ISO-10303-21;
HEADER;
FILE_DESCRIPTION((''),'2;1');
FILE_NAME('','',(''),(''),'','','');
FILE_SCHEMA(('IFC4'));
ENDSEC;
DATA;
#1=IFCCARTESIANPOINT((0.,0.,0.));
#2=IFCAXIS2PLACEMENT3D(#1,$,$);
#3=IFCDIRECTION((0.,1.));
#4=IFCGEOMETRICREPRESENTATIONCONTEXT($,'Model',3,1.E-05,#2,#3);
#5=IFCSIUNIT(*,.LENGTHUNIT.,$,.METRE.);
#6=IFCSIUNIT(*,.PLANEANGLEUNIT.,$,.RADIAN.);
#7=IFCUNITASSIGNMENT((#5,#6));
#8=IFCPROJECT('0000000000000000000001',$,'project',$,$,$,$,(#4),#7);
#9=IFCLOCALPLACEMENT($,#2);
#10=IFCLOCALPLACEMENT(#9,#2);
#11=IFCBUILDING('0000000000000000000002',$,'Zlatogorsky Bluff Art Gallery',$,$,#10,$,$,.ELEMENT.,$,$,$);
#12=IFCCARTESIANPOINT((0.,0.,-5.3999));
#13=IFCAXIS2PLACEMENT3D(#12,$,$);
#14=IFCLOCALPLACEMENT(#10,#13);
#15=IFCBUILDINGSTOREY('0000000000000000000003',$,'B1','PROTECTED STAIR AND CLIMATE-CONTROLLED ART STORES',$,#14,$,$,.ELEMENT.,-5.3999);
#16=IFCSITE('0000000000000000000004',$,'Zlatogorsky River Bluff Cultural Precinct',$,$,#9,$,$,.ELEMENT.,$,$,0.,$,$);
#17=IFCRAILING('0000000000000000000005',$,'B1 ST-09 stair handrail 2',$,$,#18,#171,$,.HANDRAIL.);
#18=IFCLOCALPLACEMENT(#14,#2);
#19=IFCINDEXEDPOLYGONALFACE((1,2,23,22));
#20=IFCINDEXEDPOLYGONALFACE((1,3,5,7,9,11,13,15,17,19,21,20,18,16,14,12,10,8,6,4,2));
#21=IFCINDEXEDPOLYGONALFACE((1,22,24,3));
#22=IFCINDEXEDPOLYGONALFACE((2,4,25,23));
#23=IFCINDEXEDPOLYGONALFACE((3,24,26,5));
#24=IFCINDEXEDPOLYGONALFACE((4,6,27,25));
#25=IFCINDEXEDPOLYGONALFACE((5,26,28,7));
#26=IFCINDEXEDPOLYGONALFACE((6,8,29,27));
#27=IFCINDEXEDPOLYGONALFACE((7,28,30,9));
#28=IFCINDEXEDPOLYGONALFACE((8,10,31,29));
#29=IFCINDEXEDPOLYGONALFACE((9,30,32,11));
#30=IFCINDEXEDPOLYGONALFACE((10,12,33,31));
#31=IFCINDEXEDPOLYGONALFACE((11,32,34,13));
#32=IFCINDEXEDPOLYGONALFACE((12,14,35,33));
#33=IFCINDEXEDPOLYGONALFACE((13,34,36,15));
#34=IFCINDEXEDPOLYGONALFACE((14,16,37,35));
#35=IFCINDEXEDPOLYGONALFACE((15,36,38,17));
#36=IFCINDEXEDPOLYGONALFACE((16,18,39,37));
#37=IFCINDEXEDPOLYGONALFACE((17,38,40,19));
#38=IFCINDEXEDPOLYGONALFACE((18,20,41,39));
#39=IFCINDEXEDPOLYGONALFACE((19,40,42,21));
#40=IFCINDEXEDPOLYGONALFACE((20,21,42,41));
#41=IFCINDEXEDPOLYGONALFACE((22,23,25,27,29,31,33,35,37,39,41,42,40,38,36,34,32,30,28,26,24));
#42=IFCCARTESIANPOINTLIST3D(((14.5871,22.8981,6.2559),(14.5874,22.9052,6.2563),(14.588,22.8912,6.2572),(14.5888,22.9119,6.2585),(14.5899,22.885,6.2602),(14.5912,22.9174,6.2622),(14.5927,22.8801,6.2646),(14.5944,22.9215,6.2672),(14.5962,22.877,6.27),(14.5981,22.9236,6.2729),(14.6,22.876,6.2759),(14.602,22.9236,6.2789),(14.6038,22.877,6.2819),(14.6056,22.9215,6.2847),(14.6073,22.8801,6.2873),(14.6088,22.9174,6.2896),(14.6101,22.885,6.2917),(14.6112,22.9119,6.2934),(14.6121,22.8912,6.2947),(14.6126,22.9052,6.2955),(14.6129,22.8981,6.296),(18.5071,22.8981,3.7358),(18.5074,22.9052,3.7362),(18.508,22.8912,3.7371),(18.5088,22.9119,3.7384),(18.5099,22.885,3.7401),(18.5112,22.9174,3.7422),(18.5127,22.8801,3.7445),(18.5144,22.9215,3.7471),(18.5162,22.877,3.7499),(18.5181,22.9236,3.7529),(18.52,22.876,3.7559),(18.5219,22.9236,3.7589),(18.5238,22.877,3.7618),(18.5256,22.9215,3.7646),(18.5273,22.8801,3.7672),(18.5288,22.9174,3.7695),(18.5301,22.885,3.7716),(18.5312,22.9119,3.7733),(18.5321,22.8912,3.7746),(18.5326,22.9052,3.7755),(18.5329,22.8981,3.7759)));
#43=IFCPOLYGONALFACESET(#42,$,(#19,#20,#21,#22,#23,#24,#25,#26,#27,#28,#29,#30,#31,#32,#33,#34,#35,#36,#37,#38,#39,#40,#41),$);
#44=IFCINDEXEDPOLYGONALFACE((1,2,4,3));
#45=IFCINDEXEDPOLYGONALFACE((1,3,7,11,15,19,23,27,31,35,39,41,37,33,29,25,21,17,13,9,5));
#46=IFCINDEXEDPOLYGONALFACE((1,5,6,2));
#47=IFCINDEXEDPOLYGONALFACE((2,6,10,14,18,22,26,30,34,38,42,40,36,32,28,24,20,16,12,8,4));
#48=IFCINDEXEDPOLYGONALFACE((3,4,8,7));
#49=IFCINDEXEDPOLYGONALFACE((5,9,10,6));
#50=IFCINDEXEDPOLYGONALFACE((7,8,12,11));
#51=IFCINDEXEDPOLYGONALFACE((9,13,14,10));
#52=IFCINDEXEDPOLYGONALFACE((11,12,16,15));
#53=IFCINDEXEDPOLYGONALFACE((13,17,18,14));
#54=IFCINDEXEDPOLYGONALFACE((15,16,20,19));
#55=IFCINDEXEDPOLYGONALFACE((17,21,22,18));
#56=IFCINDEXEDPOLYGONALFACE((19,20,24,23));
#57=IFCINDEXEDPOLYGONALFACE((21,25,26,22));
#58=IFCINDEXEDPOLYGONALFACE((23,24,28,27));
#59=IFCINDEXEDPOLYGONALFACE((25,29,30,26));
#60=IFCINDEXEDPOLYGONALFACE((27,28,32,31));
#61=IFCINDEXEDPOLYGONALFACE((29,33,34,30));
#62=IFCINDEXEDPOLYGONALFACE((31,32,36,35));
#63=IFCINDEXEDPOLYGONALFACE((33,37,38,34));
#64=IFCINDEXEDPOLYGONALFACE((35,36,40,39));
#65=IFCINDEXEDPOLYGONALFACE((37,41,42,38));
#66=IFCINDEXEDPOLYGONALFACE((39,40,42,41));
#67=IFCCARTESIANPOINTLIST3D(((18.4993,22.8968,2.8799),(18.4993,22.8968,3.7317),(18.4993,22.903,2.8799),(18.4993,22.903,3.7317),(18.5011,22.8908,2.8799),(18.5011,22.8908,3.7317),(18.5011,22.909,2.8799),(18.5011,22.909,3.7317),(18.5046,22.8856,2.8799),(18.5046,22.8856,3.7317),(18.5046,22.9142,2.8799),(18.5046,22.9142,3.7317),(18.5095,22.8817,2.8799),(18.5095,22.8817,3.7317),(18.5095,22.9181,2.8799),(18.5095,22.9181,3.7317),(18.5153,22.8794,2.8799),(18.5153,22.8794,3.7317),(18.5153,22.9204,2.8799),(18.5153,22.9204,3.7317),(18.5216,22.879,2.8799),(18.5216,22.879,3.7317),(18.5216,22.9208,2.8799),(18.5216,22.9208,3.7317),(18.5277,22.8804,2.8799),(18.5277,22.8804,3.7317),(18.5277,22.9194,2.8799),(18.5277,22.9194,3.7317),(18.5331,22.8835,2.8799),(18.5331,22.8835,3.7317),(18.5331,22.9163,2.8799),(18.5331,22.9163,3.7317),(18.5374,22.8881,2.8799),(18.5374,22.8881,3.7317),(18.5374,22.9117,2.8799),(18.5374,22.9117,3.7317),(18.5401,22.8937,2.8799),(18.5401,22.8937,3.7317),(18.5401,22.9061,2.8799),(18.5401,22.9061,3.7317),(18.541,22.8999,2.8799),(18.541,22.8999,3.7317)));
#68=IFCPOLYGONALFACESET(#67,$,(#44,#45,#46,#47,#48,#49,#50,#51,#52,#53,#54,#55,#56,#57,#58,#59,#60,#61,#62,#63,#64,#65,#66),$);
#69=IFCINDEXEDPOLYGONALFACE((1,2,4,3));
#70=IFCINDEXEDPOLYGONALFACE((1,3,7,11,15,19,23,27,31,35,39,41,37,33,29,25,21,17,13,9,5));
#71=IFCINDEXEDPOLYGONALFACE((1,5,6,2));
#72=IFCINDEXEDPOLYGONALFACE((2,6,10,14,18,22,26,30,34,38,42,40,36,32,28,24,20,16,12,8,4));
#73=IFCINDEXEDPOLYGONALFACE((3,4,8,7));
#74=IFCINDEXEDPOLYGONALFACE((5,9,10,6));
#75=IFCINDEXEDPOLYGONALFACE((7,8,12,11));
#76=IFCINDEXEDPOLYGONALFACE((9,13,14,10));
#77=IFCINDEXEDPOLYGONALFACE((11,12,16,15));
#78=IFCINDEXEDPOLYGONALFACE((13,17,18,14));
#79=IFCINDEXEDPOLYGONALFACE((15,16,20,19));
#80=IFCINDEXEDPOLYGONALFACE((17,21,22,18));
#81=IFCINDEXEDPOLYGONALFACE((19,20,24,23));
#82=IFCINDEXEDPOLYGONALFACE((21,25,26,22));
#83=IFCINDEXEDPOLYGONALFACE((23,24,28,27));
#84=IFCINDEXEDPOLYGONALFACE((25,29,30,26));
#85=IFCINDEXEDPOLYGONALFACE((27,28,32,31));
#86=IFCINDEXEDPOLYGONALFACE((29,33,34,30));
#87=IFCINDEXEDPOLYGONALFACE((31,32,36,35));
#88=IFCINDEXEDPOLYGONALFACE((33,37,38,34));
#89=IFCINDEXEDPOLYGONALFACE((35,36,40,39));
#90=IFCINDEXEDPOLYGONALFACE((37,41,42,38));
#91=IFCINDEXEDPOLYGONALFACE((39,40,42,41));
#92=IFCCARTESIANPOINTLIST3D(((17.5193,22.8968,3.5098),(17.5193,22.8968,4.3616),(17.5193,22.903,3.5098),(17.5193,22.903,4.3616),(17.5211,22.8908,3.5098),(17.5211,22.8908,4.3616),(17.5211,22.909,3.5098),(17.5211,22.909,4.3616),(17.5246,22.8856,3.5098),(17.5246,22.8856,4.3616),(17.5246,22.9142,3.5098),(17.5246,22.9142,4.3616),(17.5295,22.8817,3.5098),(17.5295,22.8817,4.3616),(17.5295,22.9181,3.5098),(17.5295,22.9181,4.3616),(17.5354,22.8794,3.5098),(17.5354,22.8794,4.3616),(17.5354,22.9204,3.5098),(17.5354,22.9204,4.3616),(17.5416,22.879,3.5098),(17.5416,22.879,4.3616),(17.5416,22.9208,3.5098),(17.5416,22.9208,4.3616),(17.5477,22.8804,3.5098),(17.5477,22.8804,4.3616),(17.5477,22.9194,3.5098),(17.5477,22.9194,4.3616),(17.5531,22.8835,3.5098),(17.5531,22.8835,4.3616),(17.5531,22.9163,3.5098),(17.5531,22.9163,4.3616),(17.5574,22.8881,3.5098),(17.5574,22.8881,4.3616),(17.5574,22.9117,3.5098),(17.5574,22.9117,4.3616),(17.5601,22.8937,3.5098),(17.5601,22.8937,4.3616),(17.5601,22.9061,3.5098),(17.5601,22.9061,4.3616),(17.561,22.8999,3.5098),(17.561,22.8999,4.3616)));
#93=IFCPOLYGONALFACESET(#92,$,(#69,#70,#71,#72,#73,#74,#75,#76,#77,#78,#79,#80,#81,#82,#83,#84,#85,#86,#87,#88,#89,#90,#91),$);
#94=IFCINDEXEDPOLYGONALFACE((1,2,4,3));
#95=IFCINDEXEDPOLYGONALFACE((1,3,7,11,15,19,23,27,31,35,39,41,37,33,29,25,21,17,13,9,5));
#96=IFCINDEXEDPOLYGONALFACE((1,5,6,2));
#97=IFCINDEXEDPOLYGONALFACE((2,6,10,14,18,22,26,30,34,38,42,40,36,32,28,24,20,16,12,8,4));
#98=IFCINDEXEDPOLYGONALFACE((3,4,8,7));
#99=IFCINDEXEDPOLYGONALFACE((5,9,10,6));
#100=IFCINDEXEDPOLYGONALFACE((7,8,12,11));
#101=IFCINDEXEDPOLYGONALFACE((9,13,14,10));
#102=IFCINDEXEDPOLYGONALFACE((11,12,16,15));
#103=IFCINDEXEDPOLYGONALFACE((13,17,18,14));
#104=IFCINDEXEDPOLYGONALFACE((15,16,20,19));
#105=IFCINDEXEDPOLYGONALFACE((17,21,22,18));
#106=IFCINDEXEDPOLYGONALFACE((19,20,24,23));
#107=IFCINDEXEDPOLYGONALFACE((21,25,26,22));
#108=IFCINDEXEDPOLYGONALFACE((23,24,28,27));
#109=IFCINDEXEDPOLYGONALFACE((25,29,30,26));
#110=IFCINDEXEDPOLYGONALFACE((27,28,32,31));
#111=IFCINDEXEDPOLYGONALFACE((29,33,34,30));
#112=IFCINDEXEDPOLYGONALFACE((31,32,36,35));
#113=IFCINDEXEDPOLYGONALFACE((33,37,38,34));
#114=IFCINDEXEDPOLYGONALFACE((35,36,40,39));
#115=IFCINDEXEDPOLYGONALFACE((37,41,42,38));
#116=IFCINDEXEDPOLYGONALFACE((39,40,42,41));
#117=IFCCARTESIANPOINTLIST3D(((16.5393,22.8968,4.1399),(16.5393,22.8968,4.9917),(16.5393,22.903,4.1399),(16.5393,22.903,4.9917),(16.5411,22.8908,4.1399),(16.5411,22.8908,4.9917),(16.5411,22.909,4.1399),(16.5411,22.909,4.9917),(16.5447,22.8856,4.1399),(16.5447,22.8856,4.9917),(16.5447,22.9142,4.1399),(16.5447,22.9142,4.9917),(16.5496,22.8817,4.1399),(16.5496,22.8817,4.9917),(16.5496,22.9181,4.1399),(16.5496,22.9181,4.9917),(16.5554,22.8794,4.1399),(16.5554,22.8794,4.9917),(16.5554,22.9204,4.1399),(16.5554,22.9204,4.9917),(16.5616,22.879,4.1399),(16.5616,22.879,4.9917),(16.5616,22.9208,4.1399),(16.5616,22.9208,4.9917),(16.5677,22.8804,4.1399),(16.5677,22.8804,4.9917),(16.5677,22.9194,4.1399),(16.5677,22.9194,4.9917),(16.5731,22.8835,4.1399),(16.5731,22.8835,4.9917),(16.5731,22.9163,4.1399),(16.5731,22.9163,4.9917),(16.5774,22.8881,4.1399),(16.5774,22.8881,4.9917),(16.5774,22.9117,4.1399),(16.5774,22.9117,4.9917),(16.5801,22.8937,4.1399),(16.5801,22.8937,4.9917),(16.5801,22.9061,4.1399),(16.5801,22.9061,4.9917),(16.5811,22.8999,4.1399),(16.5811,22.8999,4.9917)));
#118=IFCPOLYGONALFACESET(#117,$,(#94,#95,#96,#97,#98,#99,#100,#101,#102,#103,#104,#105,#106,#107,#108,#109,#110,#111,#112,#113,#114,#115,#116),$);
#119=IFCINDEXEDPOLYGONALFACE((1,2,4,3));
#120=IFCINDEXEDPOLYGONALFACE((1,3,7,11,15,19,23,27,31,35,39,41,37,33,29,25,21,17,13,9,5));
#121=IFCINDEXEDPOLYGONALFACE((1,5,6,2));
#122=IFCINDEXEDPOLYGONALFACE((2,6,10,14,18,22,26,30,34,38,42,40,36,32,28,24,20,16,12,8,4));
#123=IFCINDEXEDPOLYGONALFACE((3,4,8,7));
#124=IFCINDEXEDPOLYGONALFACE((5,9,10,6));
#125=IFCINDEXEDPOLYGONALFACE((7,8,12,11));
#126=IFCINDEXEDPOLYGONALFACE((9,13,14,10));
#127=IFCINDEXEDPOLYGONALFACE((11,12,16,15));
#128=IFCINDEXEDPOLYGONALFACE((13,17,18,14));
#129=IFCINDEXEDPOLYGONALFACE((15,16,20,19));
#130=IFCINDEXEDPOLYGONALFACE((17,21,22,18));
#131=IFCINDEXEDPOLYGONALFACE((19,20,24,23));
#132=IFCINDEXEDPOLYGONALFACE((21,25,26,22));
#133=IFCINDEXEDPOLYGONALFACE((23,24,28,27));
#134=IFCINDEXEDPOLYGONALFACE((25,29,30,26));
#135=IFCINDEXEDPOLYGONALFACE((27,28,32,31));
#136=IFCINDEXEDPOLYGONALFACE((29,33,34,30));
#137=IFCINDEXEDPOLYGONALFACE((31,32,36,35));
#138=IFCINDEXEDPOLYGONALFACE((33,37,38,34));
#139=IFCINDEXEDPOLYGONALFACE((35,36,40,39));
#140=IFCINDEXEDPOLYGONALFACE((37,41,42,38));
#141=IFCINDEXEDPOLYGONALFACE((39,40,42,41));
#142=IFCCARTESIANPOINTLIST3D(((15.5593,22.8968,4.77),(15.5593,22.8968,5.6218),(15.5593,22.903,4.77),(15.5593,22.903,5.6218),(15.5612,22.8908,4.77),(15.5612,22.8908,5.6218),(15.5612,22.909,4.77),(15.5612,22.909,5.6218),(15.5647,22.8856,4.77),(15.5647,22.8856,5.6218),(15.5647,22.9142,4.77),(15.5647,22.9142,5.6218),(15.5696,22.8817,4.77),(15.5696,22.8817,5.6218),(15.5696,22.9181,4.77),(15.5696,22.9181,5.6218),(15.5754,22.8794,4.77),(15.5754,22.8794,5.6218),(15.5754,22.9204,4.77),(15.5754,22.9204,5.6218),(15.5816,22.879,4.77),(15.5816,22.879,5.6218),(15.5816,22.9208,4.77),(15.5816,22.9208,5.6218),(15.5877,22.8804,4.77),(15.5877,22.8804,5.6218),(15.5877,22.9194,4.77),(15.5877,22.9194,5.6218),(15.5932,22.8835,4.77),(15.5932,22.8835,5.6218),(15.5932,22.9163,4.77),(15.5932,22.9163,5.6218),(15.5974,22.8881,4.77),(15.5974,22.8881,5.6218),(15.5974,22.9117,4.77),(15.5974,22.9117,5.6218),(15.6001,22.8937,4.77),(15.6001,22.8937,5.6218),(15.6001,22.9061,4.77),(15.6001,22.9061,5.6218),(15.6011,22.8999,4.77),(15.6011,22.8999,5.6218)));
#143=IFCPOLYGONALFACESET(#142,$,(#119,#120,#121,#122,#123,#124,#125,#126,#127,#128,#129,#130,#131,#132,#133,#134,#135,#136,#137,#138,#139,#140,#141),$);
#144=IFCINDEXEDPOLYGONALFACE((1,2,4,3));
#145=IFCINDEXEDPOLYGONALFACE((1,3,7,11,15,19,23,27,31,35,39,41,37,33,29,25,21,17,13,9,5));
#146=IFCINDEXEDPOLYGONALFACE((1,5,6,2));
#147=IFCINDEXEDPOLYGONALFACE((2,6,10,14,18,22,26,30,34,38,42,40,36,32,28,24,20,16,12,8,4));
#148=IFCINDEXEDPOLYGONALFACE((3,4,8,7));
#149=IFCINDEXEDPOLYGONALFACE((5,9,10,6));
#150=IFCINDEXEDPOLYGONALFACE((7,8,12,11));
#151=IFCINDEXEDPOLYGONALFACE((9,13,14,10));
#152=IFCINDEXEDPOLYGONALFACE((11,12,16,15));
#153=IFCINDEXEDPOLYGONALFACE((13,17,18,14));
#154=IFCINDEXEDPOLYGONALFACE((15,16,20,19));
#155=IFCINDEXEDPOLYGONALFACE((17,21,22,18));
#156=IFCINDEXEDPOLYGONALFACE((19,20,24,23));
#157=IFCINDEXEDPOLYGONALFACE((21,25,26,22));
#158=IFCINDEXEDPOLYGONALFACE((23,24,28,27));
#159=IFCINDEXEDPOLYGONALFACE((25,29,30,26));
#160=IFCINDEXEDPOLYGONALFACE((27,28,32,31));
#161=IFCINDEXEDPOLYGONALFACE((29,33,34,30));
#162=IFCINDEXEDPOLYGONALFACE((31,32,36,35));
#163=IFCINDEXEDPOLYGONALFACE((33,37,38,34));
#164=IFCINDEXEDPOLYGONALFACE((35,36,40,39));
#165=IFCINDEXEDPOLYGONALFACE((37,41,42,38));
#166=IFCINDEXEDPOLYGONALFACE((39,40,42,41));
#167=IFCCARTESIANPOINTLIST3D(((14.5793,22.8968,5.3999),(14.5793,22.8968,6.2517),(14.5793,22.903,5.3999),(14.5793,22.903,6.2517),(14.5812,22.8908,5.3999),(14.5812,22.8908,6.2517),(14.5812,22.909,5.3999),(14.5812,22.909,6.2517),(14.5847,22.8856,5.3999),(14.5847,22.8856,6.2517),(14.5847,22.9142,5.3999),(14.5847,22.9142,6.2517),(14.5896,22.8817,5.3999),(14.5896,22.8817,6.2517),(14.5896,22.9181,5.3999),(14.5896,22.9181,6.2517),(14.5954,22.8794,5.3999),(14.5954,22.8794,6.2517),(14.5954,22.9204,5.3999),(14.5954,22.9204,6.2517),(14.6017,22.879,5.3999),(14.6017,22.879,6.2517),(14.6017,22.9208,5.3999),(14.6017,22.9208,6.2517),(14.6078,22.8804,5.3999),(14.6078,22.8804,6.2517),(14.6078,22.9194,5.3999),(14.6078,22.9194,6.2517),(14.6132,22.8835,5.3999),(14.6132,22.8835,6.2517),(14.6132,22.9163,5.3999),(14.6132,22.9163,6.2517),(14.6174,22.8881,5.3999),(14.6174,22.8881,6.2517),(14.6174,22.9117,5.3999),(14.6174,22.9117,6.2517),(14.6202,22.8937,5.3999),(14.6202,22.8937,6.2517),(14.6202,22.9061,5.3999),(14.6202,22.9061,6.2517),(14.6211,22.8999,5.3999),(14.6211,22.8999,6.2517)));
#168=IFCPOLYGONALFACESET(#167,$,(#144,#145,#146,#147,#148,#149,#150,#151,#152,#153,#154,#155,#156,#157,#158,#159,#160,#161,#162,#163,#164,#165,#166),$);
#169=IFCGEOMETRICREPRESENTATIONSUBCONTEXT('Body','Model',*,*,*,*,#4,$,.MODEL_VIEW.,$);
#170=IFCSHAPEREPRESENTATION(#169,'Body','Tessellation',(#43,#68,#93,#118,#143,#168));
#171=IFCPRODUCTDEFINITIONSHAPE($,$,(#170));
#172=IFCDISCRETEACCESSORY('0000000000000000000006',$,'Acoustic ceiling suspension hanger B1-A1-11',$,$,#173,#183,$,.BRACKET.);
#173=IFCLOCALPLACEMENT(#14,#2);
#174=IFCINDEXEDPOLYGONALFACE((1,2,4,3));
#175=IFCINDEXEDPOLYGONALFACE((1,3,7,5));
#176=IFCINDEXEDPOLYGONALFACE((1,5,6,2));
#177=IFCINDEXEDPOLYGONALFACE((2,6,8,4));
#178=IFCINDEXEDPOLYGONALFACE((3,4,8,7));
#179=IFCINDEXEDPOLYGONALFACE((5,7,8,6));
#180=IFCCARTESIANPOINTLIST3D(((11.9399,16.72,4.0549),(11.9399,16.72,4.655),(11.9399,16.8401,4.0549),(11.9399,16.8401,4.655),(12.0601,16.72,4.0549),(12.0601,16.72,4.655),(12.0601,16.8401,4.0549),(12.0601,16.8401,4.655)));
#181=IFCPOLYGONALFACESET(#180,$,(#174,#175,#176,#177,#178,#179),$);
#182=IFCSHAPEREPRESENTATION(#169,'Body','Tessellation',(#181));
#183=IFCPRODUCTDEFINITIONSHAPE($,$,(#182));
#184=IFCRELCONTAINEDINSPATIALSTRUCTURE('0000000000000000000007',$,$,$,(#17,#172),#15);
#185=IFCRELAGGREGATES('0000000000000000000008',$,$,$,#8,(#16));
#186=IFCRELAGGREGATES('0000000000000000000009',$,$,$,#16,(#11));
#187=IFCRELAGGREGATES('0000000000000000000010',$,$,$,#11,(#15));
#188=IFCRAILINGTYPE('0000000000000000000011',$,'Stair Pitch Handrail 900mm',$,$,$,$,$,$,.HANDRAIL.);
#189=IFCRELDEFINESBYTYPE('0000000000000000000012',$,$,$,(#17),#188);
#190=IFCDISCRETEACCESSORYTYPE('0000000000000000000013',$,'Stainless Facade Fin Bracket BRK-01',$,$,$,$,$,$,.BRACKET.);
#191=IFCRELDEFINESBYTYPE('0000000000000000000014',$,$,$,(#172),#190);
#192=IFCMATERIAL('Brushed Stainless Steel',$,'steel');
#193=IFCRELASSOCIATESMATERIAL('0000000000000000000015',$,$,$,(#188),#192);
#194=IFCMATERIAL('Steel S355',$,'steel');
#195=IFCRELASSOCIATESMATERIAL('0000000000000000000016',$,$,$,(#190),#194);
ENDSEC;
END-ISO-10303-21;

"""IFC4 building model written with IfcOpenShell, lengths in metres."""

from ifc_helpers import new_model, si_unit, direction, frame, origin, origin_2d, place, context, subcontext, project, spatial, rectangle, circle, extrude, material, type_object, element, save


model = new_model("IFC4")

# Units and contexts
model_context = context("Model", 3, precision=1e-05, world=origin(), true_north=direction((0.0, 1.0)))
body_context = subcontext(model_context, "Body", "Model", "MODEL_VIEW")
ifc_project = project(units=[si_unit("LENGTHUNIT", "METRE"), si_unit("PLANEANGLEUNIT", "RADIAN")], contexts=[model_context])

# Site, building, storey
site_placement = place(None, origin())
site = spatial("IfcSite", under=ifc_project, at=site_placement, Name="Zlatogorsky River Bluff Cultural Precinct", CompositionType="ELEMENT", RefElevation=0.0)
building_placement = place(site_placement, origin())
building = spatial("IfcBuilding", under=site, at=building_placement, Name="Zlatogorsky Bluff Art Gallery", CompositionType="ELEMENT")
storey_placement = place(building_placement, frame((0.0, 0.0, -5.3999)))
storey = spatial("IfcBuildingStorey", under=building, at=storey_placement, Name="B1", Description="PROTECTED STAIR AND CLIMATE-CONTROLLED ART STORES", CompositionType="ELEMENT", Elevation=-5.3999)

# Shared definitions
ifc_material_1 = material(Name="Steel S355", Category="steel")

# Railing
ifc_material_2 = material(Name="Brushed Stainless Steel", Category="steel")
railing_type_1 = type_object("IfcRailingType", Name="Stair Pitch Handrail 900mm", PredefinedType="HANDRAIL", material=ifc_material_2)
railing_1_placement = place(storey_placement, frame((18.52, 22.8999, 2.8799)))
element("IfcRailing", 1, at=railing_1_placement, inside=storey, type_object=railing_type_1, Name="B1 ST-09 stair handrail 2", PredefinedType="HANDRAIL", context=body_context, shape_type="SweptSolid", body=[
    extrude(circle(Radius=0.0239, at=origin_2d()), frame((0.0, 0.0, 0.876), z_axis=(-0.841172, 0.0, 0.540768), x_axis=(0.0, -1.0, 0.0)), (0.0, 0.0, 1.0), 4.6602),
    extrude(circle(Radius=0.021, at=origin_2d()), origin(), (0.0, 0.0, 1.0), 0.8518),
    extrude(circle(Radius=0.021, at=origin_2d()), frame((-0.98, 0.0, 0.6299)), (0.0, 0.0, 1.0), 0.8518),
    extrude(circle(Radius=0.021, at=origin_2d()), frame((-1.96, 0.0, 1.26)), (0.0, 0.0, 1.0), 0.8518),
    extrude(circle(Radius=0.021, at=origin_2d()), frame((-2.9399, 0.0, 1.8901)), (0.0, 0.0, 1.0), 0.8518),
    extrude(circle(Radius=0.021, at=origin_2d()), frame((-3.9199, 0.0, 2.52)), (0.0, 0.0, 1.0), 0.8518),
])

# Discrete accessory
discrete_accessory_type = type_object("IfcDiscreteAccessoryType", Name="Stainless Facade Fin Bracket BRK-01", PredefinedType="BRACKET", material=ifc_material_1)
discrete_accessory_placement = place(storey_placement, frame((12.0, 16.78, 4.0549), z_axis=(0.0, 0.0, 1.0), x_axis=(1.0, 0.0, 0.0)))
element("IfcDiscreteAccessory", 2, at=discrete_accessory_placement, inside=storey, type_object=discrete_accessory_type, Name="Acoustic ceiling suspension hanger B1-A1-11", PredefinedType="BRACKET", context=body_context, shape_type="SweptSolid", body=[
    extrude(rectangle(XDim=0.1201, YDim=0.1201, at=origin_2d()), origin(), (0.0, 0.0, 1.0), 0.6001),
])

save(model, "model.ifc")
